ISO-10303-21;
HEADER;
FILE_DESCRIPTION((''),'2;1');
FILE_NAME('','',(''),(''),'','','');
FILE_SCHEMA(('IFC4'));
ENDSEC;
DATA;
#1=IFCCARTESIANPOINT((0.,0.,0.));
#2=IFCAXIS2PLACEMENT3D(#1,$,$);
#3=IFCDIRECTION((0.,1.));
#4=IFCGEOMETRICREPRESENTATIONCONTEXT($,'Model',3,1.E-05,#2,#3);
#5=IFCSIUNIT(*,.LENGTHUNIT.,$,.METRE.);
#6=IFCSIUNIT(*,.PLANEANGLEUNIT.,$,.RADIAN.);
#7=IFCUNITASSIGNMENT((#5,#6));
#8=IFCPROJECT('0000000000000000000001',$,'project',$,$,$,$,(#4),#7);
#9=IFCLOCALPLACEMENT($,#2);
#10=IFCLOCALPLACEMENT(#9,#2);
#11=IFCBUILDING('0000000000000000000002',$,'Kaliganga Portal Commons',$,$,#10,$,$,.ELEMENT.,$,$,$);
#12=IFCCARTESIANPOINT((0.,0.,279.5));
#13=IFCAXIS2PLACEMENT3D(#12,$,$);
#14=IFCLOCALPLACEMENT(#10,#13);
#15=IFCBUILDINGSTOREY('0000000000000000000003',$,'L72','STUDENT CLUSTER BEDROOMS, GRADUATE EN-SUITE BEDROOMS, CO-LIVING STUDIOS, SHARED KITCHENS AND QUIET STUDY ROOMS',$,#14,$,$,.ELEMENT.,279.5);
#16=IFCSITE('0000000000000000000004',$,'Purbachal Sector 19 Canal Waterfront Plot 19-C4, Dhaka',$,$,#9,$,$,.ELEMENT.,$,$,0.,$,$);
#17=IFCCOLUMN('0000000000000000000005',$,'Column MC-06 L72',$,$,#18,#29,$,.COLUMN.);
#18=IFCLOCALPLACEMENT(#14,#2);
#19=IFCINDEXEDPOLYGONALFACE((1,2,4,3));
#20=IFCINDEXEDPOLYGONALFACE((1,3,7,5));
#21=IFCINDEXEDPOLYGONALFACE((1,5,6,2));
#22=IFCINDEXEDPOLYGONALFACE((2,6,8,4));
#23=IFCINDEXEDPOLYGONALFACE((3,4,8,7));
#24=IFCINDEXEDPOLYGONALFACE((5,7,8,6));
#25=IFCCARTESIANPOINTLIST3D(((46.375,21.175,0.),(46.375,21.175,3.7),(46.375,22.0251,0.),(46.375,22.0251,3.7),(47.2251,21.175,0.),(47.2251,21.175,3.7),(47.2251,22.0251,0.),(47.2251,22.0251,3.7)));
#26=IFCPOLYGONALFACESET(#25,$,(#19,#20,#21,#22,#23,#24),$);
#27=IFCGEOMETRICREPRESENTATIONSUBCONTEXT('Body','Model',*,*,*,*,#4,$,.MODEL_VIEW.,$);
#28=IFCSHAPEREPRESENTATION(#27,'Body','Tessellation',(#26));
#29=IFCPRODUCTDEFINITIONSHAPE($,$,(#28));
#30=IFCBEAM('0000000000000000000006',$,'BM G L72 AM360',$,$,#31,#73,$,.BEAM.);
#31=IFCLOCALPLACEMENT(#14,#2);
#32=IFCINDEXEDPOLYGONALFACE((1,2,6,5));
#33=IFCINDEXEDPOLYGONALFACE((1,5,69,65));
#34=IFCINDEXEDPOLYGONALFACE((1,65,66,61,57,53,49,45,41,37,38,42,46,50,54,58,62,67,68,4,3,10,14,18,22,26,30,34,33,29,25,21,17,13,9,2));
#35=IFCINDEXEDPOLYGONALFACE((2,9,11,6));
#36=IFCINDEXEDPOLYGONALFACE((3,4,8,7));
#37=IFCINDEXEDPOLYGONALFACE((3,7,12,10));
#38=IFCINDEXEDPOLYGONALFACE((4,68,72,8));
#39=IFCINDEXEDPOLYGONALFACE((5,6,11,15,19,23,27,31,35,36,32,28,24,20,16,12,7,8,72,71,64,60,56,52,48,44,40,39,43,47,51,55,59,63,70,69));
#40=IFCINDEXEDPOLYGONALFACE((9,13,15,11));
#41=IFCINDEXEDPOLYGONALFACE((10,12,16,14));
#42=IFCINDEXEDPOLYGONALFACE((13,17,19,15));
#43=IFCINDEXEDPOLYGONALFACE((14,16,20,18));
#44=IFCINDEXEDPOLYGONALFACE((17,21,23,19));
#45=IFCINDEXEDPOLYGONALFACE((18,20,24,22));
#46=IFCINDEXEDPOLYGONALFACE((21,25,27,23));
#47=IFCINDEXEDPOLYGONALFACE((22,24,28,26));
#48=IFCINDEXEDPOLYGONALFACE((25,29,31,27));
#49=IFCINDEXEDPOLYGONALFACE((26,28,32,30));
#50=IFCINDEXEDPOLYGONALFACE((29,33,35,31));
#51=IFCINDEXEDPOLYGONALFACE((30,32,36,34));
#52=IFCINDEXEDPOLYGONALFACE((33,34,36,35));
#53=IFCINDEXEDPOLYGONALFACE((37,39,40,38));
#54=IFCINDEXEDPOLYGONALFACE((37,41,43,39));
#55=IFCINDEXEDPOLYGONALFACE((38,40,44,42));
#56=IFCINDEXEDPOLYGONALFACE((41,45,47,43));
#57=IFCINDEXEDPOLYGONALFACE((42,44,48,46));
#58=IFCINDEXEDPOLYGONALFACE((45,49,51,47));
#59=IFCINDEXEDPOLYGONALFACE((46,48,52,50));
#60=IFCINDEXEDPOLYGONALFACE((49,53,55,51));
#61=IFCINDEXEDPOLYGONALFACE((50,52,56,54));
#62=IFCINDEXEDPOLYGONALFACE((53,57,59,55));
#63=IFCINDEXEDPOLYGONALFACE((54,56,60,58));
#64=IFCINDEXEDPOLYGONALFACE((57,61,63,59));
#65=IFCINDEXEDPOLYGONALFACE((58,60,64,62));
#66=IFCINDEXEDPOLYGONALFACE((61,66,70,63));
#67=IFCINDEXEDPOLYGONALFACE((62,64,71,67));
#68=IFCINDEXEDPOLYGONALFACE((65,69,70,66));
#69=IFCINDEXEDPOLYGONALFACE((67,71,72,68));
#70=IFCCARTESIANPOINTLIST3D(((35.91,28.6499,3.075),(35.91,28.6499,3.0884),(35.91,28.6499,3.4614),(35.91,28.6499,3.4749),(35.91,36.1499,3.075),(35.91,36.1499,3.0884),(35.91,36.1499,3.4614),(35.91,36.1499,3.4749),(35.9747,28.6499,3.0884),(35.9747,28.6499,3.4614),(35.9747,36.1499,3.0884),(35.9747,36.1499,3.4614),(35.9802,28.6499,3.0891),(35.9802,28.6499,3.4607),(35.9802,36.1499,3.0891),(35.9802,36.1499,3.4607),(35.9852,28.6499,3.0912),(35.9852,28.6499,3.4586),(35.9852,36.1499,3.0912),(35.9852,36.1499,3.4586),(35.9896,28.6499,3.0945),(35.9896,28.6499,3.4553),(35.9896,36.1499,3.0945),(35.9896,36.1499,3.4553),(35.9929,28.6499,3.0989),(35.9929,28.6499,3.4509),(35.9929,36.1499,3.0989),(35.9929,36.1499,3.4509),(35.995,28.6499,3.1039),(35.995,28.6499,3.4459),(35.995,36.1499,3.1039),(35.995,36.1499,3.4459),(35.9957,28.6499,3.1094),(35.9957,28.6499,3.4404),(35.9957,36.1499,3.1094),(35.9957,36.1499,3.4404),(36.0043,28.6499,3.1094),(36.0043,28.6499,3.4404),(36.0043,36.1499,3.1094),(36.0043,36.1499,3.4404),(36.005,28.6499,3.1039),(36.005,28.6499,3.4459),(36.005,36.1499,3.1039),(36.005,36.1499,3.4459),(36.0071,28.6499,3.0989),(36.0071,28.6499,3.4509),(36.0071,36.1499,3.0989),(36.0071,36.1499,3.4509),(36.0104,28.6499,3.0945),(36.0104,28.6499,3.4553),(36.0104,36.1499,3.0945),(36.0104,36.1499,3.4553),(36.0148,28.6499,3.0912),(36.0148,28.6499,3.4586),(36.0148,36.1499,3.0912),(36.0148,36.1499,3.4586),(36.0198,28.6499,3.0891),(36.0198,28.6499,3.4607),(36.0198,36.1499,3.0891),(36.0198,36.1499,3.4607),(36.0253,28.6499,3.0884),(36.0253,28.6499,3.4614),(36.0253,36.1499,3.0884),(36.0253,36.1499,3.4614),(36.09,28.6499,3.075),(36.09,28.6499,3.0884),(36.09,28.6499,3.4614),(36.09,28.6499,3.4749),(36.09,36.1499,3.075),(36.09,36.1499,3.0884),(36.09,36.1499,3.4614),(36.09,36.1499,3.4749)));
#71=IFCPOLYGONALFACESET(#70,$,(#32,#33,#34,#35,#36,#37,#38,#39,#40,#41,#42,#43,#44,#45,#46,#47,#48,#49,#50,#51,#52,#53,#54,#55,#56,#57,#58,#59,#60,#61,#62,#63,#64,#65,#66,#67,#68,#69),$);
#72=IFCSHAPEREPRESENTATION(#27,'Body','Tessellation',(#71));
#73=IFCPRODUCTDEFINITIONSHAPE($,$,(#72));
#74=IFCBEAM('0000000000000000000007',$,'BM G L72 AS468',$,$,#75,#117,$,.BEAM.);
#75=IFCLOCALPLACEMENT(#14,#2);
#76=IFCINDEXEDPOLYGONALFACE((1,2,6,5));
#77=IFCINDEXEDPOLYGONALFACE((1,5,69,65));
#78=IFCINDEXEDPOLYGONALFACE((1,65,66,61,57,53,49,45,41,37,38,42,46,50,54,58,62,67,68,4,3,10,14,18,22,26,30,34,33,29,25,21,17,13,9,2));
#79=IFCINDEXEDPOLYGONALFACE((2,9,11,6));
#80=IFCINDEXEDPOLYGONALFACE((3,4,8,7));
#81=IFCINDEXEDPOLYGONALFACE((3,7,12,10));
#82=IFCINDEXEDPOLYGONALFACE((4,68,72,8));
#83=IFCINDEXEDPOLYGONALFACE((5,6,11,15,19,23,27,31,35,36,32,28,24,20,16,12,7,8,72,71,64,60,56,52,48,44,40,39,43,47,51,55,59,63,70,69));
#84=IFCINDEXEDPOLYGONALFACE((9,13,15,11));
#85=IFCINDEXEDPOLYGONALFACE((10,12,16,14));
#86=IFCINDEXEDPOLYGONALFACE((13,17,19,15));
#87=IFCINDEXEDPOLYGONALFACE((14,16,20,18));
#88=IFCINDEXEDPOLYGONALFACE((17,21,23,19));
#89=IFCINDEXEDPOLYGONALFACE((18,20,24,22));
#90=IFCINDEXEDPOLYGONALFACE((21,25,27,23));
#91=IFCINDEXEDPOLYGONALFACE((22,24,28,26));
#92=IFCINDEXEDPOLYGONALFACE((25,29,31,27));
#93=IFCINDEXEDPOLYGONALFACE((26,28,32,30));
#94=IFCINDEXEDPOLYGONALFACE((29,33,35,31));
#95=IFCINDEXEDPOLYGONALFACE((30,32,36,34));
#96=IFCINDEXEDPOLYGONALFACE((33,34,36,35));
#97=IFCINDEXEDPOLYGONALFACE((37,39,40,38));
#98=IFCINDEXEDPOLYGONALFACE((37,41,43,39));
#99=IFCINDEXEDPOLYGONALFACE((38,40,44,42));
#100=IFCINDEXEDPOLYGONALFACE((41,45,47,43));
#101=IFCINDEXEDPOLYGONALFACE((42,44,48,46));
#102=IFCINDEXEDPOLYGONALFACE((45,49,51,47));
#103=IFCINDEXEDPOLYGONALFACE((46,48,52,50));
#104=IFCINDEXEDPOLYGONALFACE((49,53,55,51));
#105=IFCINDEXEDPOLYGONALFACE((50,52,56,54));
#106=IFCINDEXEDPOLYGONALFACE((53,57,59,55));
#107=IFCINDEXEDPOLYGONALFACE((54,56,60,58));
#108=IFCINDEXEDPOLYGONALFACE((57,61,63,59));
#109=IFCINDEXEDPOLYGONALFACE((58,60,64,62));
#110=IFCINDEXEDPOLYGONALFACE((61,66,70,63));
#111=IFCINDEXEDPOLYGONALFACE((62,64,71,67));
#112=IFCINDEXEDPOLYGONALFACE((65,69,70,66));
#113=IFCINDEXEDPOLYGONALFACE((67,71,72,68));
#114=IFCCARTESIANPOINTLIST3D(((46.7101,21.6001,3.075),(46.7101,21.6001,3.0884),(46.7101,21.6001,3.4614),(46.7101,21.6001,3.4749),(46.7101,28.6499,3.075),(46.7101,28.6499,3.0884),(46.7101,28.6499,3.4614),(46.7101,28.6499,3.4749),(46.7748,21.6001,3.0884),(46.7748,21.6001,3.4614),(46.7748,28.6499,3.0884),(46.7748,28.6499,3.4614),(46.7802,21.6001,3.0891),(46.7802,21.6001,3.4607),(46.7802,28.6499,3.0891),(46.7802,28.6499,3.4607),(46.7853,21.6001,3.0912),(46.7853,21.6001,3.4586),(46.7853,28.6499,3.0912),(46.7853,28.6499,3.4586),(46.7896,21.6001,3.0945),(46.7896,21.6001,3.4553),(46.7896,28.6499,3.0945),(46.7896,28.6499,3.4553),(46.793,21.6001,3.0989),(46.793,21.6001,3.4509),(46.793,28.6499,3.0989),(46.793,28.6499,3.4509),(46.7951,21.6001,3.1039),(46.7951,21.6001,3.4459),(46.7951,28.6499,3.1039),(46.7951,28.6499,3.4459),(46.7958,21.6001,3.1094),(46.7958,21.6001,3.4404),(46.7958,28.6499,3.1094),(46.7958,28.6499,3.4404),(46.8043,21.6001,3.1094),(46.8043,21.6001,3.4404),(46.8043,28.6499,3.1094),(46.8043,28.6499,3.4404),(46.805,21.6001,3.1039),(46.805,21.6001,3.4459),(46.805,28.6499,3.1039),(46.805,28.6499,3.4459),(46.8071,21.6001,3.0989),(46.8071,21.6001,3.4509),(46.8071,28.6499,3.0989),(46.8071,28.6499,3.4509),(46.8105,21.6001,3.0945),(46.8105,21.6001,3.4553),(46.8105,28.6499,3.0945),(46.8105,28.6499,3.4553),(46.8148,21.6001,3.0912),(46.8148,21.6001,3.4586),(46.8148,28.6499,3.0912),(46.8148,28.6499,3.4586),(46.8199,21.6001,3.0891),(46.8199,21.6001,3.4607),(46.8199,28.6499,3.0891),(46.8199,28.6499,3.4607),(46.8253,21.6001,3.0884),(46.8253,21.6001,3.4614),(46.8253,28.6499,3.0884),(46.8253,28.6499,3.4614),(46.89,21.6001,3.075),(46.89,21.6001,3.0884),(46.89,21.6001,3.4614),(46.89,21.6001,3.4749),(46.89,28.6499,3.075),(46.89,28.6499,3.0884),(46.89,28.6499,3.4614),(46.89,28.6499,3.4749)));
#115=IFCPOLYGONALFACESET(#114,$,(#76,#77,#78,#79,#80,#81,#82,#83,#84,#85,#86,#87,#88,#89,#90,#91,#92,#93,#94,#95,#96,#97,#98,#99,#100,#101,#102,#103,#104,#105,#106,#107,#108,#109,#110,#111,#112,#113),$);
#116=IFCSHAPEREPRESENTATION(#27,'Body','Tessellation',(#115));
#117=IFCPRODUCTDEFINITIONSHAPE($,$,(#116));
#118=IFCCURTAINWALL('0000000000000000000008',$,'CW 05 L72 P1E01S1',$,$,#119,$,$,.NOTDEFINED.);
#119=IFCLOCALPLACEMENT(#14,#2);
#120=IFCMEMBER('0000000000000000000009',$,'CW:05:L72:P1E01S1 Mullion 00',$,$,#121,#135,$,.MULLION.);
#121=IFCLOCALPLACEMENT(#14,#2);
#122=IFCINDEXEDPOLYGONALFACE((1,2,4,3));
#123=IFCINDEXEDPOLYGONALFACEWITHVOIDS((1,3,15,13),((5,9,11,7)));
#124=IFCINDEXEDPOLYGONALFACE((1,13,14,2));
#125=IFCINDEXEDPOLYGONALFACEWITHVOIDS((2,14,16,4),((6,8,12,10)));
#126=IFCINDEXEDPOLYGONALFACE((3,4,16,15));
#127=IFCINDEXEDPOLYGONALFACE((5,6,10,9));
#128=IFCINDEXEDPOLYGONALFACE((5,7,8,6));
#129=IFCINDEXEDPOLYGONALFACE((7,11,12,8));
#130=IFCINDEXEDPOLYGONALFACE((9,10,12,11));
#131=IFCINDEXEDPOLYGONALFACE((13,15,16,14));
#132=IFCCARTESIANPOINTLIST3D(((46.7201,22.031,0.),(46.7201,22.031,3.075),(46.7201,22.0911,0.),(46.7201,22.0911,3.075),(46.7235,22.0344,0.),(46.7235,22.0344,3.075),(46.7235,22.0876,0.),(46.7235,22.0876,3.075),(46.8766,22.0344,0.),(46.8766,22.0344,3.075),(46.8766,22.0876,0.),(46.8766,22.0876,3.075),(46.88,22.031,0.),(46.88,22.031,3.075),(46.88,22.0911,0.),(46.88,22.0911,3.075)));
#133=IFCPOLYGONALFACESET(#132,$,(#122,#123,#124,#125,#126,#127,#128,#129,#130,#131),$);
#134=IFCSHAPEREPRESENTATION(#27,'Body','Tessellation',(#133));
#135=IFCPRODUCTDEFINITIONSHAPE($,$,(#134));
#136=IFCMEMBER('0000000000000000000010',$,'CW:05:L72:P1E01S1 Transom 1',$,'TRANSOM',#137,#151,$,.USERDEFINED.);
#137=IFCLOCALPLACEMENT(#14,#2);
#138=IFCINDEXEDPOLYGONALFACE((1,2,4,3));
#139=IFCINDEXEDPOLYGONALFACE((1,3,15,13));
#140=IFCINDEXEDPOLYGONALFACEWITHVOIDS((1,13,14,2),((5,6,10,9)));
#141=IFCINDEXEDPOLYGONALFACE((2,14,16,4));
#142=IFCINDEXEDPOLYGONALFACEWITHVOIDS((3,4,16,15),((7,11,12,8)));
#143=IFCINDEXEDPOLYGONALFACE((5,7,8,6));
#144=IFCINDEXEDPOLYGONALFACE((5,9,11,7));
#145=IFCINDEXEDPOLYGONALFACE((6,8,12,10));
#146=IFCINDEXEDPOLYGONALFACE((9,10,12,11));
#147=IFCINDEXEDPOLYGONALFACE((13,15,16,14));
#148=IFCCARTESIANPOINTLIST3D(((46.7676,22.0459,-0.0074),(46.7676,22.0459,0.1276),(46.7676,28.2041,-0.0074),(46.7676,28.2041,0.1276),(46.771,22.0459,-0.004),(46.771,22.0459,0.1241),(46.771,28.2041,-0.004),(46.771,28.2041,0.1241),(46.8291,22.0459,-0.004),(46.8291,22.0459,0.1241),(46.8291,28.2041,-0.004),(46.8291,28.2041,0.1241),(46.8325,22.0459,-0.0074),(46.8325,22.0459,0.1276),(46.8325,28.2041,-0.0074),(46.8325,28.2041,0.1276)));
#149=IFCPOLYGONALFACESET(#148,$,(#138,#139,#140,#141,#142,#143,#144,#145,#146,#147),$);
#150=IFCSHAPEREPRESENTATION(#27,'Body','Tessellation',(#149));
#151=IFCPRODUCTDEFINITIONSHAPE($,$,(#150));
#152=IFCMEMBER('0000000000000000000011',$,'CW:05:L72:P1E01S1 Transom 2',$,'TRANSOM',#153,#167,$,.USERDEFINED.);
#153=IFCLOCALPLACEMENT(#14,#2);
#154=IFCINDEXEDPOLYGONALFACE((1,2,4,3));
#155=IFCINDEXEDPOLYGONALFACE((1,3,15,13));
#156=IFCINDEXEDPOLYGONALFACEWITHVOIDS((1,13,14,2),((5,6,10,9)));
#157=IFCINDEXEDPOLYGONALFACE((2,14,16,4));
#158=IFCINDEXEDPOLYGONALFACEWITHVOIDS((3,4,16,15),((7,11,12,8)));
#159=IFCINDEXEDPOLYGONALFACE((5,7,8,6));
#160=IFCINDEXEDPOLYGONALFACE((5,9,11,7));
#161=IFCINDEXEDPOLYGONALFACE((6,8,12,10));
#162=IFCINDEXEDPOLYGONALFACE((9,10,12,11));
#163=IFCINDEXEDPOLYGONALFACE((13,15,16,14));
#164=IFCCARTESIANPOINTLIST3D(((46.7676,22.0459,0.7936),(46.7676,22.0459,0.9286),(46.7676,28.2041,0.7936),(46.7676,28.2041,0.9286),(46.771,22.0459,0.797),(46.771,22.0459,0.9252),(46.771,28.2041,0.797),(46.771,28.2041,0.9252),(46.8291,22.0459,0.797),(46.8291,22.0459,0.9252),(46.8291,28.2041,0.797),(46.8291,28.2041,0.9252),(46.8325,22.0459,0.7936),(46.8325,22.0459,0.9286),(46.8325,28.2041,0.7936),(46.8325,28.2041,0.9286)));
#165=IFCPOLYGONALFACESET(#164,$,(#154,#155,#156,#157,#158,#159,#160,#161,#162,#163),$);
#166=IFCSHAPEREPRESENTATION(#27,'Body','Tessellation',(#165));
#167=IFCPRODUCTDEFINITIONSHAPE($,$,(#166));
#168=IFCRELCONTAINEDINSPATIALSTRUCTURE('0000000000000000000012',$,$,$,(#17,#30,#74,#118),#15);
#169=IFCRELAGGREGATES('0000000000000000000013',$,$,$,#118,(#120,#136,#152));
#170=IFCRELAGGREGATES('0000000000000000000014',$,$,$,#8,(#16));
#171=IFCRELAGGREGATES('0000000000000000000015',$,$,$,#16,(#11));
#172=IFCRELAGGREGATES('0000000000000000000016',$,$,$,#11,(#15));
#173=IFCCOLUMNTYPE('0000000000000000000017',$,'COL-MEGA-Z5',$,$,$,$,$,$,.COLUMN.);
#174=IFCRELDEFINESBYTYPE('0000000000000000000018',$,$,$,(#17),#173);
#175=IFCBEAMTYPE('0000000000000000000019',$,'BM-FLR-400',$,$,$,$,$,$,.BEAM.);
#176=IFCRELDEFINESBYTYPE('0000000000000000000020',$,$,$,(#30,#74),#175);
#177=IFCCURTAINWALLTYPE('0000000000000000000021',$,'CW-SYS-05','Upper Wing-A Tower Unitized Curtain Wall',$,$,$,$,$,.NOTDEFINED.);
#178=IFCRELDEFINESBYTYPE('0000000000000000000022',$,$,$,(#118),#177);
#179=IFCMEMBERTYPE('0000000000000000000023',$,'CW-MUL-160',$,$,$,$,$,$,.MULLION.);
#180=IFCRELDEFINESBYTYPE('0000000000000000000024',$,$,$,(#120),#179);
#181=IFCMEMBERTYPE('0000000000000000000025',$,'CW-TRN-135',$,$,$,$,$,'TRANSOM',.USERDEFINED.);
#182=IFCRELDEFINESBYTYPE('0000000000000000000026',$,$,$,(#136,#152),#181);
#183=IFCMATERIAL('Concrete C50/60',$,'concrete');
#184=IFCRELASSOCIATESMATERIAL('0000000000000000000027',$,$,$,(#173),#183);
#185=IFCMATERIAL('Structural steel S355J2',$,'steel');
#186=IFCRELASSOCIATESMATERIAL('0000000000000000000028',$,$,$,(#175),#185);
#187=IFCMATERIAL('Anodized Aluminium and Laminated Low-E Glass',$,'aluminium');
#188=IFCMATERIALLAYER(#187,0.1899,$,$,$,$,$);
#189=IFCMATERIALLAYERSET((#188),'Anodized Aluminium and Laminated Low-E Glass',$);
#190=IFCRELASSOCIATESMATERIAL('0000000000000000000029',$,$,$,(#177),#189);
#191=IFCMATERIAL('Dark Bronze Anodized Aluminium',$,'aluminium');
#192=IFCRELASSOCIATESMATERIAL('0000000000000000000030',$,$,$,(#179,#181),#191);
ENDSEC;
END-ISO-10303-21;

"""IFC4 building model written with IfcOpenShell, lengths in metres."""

from ifc_helpers import new_model, si_unit, direction, frame, origin, origin_2d, place, context, subcontext, project, spatial, rectangle, hollow_rectangle, i_section, extrude, source, transform, mapped, material, layer, layer_set, material_profile, profile_set, type_object, element, aggregate, save


model = new_model("IFC4")

# Units and contexts
model_context = context("Model", 3, precision=1e-05, world=origin(), true_north=direction((0.0, 1.0)))
body_context = subcontext(model_context, "Body", "Model", "MODEL_VIEW")
ifc_project = project(units=[si_unit("LENGTHUNIT", "METRE"), si_unit("PLANEANGLEUNIT", "RADIAN")], contexts=[model_context])

# Site, building, storey
site_placement = place(None, origin())
site = spatial("IfcSite", under=ifc_project, at=site_placement, Name="Purbachal Sector 19 Canal Waterfront Plot 19-C4, Dhaka", CompositionType="ELEMENT", RefElevation=0.0)
building_placement = place(site_placement, origin())
building = spatial("IfcBuilding", under=site, at=building_placement, Name="Kaliganga Portal Commons", CompositionType="ELEMENT")
storey_placement = place(building_placement, frame((0.0, 0.0, 279.5)))
storey = spatial("IfcBuildingStorey", under=building, at=storey_placement, Name="L72", Description="STUDENT CLUSTER BEDROOMS, GRADUATE EN-SUITE BEDROOMS, CO-LIVING STUDIOS, SHARED KITCHENS AND QUIET STUDY ROOMS", CompositionType="ELEMENT", Elevation=279.5)

# Column
ifc_material_1 = material(Name="Concrete C50/60", Category="concrete")
ifc_material_profile_1 = material_profile(ifc_material_1, rectangle(XDim=0.8501, YDim=0.8501, at=origin_2d()), Name="RC 850x850")
ifc_profile_set_1 = profile_set([ifc_material_profile_1], Name="Concrete C50/60")
column_type = type_object("IfcColumnType", Name="COL-MEGA-Z5", PredefinedType="COLUMN", material=ifc_profile_set_1)
shared_shape_1 = source(origin(), body_context, "Body", "SweptSolid", [
    extrude(rectangle(XDim=0.8501, YDim=0.8501, at=origin_2d()), origin(), (0.0, 0.0, 1.0), 3.7),
])
column_placement = place(storey_placement, frame((46.8, 21.6001, 0.0), z_axis=(0.0, 0.0, 1.0), x_axis=(1.0, 0.0, 0.0)))
element("IfcColumn", 1, at=column_placement, inside=storey, type_object=column_type, Name="Column MC-06 L72", PredefinedType="COLUMN", context=body_context, shape_type="MappedRepresentation", body=[
    mapped(shared_shape_1, transform((0.0, 0.0, 0.0), x_axis=(1.0, 0.0, 0.0), y_axis=(0.0, 1.0, 0.0), z_axis=(0.0, 0.0, 1.0), scale=1.0)),
])

# Beams
ifc_material_2 = material(Name="Structural steel S355J2", Category="steel")
ifc_material_profile_2 = material_profile(ifc_material_2, i_section(OverallWidth=0.1799, OverallDepth=0.3999, WebThickness=0.0085, FlangeThickness=0.0134, FilletRadius=0.021, at=origin_2d()), Name="IPE 400")
ifc_profile_set_2 = profile_set([ifc_material_profile_2], Name="Structural steel S355J2 wide-flange")
beam_type = type_object("IfcBeamType", Name="BM-FLR-400", PredefinedType="BEAM", material=ifc_profile_set_2)
shared_shape_2 = source(origin(), body_context, "Body", "SweptSolid", [
    extrude(i_section(OverallWidth=0.1799, OverallDepth=0.3999, WebThickness=0.0085, FlangeThickness=0.0134, FilletRadius=0.021, at=origin_2d()), origin(), (0.0, 0.0, 1.0), 7.5),
])
beam_1_placement = place(storey_placement, frame((36.0, 28.6499, 3.2749), z_axis=(0.0, 1.0, 0.0), x_axis=(-1.0, 0.0, 0.0)))
element("IfcBeam", 2, at=beam_1_placement, inside=storey, type_object=beam_type, Name="BM G L72 AM360", PredefinedType="BEAM", context=body_context, shape_type="MappedRepresentation", body=[
    mapped(shared_shape_2, transform((0.0, 0.0, 0.0), x_axis=(1.0, 0.0, 0.0), y_axis=(0.0, 1.0, 0.0), z_axis=(0.0, 0.0, 1.0), scale=1.0)),
])
shared_shape_3 = source(origin(), body_context, "Body", "SweptSolid", [
    extrude(i_section(OverallWidth=0.1799, OverallDepth=0.3999, WebThickness=0.0085, FlangeThickness=0.0134, FilletRadius=0.021, at=origin_2d()), origin(), (0.0, 0.0, 1.0), 7.0498),
])
beam_2_placement = place(storey_placement, frame((46.8, 21.6001, 3.2749), z_axis=(0.0, 1.0, 0.0), x_axis=(-1.0, 0.0, 0.0)))
element("IfcBeam", 3, at=beam_2_placement, inside=storey, type_object=beam_type, Name="BM G L72 AS468", PredefinedType="BEAM", context=body_context, shape_type="MappedRepresentation", body=[
    mapped(shared_shape_3, transform((0.0, 0.0, 0.0), x_axis=(1.0, 0.0, 0.0), y_axis=(0.0, 1.0, 0.0), z_axis=(0.0, 0.0, 1.0), scale=1.0)),
])

# Curtain wall, members
ifc_material_3 = material(Name="Anodized Aluminium and Laminated Low-E Glass", Category="aluminium")
ifc_layer_1 = layer(ifc_material_3, 0.1899)
ifc_layer_set_1 = layer_set([ifc_layer_1], Name="Anodized Aluminium and Laminated Low-E Glass")
curtain_wall_type = type_object("IfcCurtainWallType", Name="CW-SYS-05", Description="Upper Wing-A Tower Unitized Curtain Wall", PredefinedType="NOTDEFINED", material=ifc_layer_set_1)
curtain_wall_placement = place(storey_placement, origin())
curtain_wall = element("IfcCurtainWall", 4, at=curtain_wall_placement, inside=storey, type_object=curtain_wall_type, Name="CW 05 L72 P1E01S1", PredefinedType="NOTDEFINED")
ifc_material_4 = material(Name="Dark Bronze Anodized Aluminium", Category="aluminium")
ifc_material_profile_3 = material_profile(ifc_material_4, hollow_rectangle(XDim=0.0601, YDim=0.1599, WallThickness=0.0034, at=origin_2d()), Name="ALU MULL 60x160x3.5")
ifc_profile_set_3 = profile_set([ifc_material_profile_3], Name="Dark Bronze Anodized Aluminium")
member_type_1 = type_object("IfcMemberType", Name="CW-MUL-160", PredefinedType="MULLION", material=ifc_profile_set_3)
shared_shape_4 = source(origin(), body_context, "Body", "SweptSolid", [
    extrude(hollow_rectangle(XDim=0.0601, YDim=0.1599, WallThickness=0.0034, at=origin_2d()), origin(), (0.0, 0.0, 1.0), 3.075),
])
member_1_placement = place(storey_placement, frame((46.8, 22.061, 0.0), z_axis=(0.0, 0.0, 1.0), x_axis=(0.0, 1.0, 0.0)))
member_1 = element("IfcMember", 5, at=member_1_placement, type_object=member_type_1, Name="CW:05:L72:P1E01S1 Mullion 00", PredefinedType="MULLION", context=body_context, shape_type="MappedRepresentation", body=[
    mapped(shared_shape_4, transform((0.0, 0.0, 0.0), x_axis=(1.0, 0.0, 0.0), y_axis=(0.0, 1.0, 0.0), z_axis=(0.0, 0.0, 1.0), scale=1.0)),
])
ifc_material_profile_4 = material_profile(ifc_material_4, hollow_rectangle(XDim=0.0649, YDim=0.135, WallThickness=0.0034, at=origin_2d()), Name="ALU TRAN 65x135x3.5")
ifc_profile_set_4 = profile_set([ifc_material_profile_4], Name="Dark Bronze Anodized Aluminium")
member_type_2 = type_object("IfcMemberType", Name="CW-TRN-135", ElementType="TRANSOM", PredefinedType="USERDEFINED", material=ifc_profile_set_4)
shared_shape_5 = source(origin(), body_context, "Body", "SweptSolid", [
    extrude(hollow_rectangle(XDim=0.0649, YDim=0.135, WallThickness=0.0034, at=origin_2d()), origin(), (0.0, 0.0, 1.0), 6.1582),
])
member_2_placement = place(storey_placement, frame((46.8, 22.0459, 0.0601), z_axis=(0.0, 1.0, 0.0), x_axis=(-1.0, 0.0, 0.0)))
member_2 = element("IfcMember", 6, at=member_2_placement, type_object=member_type_2, Name="CW:05:L72:P1E01S1 Transom 1", ObjectType="TRANSOM", PredefinedType="USERDEFINED", context=body_context, shape_type="MappedRepresentation", body=[
    mapped(shared_shape_5, transform((0.0, 0.0, 0.0), x_axis=(1.0, 0.0, 0.0), y_axis=(0.0, 1.0, 0.0), z_axis=(0.0, 0.0, 1.0), scale=1.0)),
])
member_3_placement = place(storey_placement, frame((46.8, 22.0459, 0.8611), z_axis=(0.0, 1.0, 0.0), x_axis=(-1.0, 0.0, 0.0)))
member_3 = element("IfcMember", 7, at=member_3_placement, type_object=member_type_2, Name="CW:05:L72:P1E01S1 Transom 2", ObjectType="TRANSOM", PredefinedType="USERDEFINED", context=body_context, shape_type="MappedRepresentation", body=[
    mapped(shared_shape_5, transform((0.0, 0.0, 0.0), x_axis=(1.0, 0.0, 0.0), y_axis=(0.0, 1.0, 0.0), z_axis=(0.0, 0.0, 1.0), scale=1.0)),
])
aggregate(curtain_wall, [member_1, member_2, member_3])

save(model, "model.ifc")
